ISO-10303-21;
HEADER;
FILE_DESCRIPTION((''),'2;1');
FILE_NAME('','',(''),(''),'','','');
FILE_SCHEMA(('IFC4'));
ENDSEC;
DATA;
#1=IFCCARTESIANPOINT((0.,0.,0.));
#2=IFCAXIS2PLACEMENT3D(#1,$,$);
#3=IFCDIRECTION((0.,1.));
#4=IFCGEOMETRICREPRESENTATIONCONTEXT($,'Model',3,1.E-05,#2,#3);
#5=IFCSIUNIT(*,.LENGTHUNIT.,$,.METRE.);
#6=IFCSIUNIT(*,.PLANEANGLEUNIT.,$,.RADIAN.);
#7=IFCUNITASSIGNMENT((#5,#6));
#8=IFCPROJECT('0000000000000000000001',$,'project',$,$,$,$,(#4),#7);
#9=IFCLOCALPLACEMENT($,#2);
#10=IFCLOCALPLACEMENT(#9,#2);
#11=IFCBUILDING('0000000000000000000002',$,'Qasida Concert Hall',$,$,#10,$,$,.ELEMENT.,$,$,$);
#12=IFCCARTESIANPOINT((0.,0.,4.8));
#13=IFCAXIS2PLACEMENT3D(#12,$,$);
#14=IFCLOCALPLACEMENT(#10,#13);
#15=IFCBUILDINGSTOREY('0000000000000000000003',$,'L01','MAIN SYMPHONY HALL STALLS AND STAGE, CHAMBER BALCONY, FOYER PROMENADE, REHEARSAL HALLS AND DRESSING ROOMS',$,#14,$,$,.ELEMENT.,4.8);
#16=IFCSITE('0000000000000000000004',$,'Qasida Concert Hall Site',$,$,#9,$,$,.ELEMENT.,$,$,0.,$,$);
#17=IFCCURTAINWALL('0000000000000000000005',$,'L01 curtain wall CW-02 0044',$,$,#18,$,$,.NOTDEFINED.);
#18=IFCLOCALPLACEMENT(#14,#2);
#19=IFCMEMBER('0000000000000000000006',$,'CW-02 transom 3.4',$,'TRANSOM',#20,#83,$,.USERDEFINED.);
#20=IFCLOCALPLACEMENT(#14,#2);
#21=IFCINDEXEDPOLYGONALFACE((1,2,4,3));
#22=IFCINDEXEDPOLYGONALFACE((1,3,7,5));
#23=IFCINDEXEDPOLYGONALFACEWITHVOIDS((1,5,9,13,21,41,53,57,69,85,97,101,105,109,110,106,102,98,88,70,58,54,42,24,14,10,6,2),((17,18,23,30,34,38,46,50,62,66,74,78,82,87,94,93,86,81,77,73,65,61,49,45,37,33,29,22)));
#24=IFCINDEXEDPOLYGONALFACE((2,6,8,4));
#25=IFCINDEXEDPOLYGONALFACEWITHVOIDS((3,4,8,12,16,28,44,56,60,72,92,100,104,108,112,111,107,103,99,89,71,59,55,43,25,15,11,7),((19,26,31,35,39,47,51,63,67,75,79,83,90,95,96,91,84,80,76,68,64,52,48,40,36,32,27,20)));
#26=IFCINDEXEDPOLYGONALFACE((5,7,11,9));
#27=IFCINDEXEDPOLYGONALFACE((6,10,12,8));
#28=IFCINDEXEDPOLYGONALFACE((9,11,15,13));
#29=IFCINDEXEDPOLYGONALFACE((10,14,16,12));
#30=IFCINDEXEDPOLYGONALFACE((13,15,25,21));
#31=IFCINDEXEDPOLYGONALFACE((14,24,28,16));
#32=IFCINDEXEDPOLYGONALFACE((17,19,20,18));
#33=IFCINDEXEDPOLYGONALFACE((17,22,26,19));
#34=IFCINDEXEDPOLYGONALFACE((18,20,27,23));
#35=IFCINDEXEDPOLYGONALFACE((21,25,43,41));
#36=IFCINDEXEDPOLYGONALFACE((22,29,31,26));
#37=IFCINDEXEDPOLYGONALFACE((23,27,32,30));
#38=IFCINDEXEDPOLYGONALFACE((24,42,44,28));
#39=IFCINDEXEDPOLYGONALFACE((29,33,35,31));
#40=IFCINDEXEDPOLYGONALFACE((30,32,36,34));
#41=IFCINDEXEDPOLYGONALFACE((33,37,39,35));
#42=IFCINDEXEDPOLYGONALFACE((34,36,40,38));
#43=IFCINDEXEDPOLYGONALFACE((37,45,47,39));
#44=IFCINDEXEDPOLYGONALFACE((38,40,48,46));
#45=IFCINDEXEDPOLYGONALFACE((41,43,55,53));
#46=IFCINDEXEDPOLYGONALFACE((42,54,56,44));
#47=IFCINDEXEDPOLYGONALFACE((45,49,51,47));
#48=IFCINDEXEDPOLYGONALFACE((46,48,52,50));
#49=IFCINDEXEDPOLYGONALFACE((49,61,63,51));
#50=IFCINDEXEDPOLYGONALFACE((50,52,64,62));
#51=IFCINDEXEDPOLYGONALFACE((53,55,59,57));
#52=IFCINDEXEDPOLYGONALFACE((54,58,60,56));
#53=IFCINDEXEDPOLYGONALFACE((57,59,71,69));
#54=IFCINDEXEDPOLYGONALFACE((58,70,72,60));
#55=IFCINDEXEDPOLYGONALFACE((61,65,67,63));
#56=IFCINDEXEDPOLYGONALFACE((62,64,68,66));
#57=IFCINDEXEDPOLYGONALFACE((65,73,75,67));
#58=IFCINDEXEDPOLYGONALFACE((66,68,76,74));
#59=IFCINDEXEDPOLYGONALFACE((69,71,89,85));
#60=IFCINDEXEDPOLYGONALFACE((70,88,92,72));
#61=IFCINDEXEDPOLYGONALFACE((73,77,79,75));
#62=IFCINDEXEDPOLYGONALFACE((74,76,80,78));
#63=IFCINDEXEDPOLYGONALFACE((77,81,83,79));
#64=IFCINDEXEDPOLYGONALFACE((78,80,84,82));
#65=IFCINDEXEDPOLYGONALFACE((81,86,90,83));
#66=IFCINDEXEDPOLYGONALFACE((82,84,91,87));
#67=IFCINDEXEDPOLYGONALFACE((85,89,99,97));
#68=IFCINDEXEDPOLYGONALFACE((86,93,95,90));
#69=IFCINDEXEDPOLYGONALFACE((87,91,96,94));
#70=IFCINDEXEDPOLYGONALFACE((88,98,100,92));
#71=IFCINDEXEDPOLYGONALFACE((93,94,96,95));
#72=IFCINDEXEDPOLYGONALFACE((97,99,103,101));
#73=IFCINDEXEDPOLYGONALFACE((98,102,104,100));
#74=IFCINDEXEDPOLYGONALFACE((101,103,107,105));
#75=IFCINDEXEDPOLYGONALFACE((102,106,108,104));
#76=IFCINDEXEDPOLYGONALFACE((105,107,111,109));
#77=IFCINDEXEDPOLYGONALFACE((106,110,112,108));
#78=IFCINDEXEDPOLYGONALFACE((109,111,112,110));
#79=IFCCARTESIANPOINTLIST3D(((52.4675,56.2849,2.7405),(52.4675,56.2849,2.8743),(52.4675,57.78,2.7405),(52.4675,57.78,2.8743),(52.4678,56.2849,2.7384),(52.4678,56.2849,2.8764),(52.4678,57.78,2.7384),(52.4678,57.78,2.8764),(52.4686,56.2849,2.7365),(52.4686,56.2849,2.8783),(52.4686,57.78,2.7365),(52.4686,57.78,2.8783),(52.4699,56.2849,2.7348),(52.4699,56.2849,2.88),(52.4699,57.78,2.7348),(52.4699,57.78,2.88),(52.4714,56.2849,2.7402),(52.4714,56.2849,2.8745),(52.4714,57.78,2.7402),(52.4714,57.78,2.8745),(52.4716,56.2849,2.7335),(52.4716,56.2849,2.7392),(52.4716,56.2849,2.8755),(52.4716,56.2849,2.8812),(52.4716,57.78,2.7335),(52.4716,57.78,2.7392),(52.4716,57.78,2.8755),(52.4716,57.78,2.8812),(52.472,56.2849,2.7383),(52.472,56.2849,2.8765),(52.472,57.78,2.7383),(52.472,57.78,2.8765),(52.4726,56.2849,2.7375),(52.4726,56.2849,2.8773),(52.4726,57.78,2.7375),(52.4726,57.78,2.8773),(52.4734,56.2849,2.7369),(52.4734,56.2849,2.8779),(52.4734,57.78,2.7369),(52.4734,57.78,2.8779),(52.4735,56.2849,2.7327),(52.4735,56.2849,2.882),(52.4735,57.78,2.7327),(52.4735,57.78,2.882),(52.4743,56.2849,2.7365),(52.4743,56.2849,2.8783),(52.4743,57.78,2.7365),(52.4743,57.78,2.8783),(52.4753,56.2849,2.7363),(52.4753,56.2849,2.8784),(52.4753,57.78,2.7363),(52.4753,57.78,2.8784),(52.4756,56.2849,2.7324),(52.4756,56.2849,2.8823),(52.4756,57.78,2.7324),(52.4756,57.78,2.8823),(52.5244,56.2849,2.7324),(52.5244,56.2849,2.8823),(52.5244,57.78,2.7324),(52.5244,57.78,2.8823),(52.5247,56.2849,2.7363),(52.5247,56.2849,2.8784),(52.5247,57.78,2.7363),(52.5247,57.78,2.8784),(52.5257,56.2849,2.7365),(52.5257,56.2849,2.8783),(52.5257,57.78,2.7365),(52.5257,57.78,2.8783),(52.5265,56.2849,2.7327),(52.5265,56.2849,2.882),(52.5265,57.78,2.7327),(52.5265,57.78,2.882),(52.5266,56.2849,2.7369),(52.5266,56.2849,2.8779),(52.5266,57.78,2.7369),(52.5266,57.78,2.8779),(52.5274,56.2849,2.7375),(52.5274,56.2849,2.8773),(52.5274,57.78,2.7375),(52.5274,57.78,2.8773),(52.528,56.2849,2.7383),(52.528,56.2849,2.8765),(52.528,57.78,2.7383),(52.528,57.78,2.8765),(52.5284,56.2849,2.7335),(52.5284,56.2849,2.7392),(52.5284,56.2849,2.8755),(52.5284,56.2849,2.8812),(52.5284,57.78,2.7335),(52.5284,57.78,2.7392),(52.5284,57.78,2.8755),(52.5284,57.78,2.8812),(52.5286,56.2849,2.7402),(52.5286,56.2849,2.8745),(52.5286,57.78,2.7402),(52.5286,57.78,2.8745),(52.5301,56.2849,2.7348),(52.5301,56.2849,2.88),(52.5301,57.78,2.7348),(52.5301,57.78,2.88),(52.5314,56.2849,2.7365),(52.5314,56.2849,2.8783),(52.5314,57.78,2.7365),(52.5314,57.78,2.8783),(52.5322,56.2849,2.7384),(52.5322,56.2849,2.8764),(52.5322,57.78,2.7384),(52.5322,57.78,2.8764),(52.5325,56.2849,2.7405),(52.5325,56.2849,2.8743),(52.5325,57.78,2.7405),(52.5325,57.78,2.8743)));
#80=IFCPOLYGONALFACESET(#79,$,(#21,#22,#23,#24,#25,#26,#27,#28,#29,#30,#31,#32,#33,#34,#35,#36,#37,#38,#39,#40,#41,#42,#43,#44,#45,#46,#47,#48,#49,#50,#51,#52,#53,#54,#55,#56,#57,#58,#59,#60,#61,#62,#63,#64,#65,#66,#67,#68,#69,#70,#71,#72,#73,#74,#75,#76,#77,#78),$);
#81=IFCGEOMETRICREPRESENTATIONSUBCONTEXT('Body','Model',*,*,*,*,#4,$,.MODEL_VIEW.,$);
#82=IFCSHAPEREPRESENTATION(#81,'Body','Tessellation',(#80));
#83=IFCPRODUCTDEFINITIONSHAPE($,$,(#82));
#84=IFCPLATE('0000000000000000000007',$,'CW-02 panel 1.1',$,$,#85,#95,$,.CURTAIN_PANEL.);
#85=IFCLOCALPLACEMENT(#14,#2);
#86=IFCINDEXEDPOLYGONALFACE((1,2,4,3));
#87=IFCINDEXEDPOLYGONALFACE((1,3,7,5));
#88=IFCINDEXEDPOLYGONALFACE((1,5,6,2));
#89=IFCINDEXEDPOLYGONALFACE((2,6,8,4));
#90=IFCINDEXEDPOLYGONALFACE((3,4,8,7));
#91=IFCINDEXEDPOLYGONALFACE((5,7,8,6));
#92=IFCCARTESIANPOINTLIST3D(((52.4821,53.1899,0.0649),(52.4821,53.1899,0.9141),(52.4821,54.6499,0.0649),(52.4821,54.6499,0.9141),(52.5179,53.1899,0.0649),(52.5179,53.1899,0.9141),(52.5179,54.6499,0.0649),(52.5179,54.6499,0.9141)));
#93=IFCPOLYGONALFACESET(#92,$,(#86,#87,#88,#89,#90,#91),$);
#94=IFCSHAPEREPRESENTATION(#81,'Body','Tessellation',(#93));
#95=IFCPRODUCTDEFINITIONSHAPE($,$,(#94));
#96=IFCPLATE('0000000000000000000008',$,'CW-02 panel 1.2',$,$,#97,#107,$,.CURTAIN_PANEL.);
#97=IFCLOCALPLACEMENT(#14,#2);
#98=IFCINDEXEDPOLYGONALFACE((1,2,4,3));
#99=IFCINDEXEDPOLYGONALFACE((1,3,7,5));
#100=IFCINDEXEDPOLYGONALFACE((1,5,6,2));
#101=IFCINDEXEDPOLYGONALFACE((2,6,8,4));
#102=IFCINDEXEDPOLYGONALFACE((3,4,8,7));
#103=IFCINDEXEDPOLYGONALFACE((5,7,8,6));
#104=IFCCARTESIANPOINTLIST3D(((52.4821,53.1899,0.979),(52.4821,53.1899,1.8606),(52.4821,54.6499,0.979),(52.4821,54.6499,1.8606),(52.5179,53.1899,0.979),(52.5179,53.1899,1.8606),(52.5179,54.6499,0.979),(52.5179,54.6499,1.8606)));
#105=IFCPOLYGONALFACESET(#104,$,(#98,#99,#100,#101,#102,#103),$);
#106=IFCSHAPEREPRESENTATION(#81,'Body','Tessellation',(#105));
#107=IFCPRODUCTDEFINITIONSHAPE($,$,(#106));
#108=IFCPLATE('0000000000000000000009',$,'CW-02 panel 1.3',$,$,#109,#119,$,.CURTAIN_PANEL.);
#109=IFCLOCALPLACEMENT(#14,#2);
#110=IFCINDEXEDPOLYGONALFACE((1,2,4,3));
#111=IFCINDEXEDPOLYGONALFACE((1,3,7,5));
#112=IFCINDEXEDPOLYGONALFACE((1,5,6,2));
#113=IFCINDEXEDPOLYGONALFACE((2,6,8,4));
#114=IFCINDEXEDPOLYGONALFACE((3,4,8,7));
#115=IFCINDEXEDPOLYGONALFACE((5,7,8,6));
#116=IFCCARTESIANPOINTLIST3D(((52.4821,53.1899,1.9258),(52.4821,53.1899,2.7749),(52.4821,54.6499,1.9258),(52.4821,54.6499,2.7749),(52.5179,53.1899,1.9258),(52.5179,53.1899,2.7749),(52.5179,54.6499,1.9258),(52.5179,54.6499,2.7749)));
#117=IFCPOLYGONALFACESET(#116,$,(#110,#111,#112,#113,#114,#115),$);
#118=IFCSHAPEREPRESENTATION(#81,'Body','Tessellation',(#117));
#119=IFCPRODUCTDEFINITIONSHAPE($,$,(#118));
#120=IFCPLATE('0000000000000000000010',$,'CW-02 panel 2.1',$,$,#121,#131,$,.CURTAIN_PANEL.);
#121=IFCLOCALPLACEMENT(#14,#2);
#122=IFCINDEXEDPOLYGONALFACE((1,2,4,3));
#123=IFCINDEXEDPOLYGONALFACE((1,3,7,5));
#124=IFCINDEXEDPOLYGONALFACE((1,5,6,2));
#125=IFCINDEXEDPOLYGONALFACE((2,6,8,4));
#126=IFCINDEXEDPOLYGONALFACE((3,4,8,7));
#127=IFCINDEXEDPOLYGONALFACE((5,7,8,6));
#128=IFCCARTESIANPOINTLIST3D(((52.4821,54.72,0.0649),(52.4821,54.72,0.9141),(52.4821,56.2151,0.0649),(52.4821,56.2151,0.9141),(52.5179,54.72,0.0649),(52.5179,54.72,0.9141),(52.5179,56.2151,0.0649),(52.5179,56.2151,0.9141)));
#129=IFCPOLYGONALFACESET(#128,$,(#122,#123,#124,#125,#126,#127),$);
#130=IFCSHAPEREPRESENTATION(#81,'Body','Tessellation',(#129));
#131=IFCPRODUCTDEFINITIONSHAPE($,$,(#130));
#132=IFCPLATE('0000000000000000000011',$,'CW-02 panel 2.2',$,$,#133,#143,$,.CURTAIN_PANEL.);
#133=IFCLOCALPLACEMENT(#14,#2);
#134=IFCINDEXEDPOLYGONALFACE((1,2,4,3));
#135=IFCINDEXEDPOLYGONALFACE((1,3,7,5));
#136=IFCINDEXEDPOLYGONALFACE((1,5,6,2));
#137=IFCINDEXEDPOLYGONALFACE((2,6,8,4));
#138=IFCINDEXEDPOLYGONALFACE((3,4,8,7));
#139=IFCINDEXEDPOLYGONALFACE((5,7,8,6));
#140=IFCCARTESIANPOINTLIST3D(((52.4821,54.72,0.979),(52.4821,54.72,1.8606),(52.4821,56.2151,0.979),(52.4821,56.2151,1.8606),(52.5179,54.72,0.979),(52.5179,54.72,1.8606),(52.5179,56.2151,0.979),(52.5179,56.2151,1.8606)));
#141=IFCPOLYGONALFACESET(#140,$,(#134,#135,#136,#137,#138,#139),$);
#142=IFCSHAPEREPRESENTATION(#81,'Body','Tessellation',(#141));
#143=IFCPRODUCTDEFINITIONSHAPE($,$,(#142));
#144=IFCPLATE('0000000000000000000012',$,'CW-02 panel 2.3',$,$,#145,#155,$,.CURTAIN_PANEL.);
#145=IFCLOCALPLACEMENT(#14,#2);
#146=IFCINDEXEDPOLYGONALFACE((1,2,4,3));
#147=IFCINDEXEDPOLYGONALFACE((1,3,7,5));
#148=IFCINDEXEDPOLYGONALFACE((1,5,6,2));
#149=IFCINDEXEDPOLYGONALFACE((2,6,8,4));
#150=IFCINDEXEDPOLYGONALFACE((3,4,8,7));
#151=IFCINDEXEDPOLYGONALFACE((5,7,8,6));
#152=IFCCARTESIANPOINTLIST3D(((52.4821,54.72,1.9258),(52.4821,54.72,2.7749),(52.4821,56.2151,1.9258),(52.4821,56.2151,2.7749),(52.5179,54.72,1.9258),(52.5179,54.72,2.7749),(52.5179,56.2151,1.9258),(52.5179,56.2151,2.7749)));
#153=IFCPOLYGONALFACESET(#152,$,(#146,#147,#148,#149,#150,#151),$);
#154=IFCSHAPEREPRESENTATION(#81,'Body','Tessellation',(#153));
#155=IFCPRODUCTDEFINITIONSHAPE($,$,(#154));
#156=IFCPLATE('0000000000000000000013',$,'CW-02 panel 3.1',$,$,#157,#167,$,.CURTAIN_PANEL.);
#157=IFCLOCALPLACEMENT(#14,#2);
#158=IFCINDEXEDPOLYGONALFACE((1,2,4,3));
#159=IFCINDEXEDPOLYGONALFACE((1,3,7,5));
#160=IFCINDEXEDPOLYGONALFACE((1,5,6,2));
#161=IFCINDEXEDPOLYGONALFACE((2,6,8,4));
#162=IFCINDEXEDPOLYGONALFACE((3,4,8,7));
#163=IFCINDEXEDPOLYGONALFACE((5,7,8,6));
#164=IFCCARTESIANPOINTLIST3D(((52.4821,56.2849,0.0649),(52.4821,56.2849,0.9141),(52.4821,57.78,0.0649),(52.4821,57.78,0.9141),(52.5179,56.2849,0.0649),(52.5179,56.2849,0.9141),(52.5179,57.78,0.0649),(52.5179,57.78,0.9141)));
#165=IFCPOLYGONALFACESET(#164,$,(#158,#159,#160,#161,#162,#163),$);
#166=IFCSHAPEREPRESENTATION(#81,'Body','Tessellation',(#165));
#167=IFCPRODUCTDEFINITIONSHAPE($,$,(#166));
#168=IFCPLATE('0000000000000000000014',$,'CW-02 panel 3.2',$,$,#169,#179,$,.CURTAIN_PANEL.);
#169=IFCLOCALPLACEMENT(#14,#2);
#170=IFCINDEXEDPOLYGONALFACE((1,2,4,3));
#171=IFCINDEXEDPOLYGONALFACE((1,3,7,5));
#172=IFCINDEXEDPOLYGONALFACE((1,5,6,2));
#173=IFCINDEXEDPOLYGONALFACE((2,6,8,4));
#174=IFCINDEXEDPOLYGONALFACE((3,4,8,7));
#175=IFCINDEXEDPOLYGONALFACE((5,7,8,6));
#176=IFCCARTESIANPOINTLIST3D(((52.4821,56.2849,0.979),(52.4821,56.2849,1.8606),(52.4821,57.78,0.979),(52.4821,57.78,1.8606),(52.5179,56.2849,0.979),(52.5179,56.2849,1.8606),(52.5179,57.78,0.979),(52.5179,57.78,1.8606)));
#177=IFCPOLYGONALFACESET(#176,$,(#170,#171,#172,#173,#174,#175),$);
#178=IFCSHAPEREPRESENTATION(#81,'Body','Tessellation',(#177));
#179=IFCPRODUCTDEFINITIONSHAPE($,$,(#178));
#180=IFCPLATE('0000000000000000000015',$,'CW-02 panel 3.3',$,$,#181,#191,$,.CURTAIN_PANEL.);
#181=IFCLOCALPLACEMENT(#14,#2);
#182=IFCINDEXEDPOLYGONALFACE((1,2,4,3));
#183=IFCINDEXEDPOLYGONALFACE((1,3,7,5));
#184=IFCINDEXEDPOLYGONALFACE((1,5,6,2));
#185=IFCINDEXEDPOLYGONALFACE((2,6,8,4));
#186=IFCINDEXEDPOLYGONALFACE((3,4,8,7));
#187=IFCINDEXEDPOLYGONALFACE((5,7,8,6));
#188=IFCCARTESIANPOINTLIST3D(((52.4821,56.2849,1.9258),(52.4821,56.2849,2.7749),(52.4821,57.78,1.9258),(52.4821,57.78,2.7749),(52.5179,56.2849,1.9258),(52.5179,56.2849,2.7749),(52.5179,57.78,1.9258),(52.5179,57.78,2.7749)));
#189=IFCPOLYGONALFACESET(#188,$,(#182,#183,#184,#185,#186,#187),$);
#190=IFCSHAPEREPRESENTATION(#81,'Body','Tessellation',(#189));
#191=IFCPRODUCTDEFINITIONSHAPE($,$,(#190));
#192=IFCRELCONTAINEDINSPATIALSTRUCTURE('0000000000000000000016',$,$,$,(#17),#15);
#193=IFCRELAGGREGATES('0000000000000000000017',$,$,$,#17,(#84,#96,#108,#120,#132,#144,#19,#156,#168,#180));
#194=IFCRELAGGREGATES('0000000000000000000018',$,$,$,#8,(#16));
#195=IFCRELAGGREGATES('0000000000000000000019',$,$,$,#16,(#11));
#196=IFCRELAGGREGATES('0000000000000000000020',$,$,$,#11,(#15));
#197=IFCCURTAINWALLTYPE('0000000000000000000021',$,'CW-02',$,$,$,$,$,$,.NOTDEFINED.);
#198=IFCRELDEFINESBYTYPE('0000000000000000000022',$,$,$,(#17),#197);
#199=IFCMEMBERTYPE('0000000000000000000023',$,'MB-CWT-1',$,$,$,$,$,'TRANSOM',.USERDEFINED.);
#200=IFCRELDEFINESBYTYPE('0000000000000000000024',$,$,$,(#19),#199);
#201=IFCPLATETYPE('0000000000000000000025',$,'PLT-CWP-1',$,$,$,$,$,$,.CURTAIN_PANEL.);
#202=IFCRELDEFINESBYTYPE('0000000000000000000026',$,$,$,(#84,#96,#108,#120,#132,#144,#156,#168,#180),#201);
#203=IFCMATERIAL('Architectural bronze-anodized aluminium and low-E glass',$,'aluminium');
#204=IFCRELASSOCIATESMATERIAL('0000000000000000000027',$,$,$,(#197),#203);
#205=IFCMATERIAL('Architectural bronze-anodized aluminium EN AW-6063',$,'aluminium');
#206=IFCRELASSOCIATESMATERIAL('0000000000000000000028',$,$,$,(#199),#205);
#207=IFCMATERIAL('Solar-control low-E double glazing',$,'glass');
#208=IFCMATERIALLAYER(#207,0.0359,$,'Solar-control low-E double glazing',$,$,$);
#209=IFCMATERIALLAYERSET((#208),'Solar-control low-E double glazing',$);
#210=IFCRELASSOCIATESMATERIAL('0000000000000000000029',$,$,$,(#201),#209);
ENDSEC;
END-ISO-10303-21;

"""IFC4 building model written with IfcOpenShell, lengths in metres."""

from ifc_helpers import new_model, si_unit, direction, frame, origin, origin_2d, place, context, subcontext, project, spatial, rectangle, hollow_rectangle, extrude, material, layer, layer_set, material_profile, profile_set, type_object, element, aggregate, save


model = new_model("IFC4")

# Units and contexts
model_context = context("Model", 3, precision=1e-05, world=origin(), true_north=direction((0.0, 1.0)))
body_context = subcontext(model_context, "Body", "Model", "MODEL_VIEW")
ifc_project = project(units=[si_unit("LENGTHUNIT", "METRE"), si_unit("PLANEANGLEUNIT", "RADIAN")], contexts=[model_context])

# Site, building, storey
site_placement = place(None, origin())
site = spatial("IfcSite", under=ifc_project, at=site_placement, Name="Qasida Concert Hall Site", CompositionType="ELEMENT", RefElevation=0.0)
building_placement = place(site_placement, origin())
building = spatial("IfcBuilding", under=site, at=building_placement, Name="Qasida Concert Hall", CompositionType="ELEMENT")
storey_placement = place(building_placement, frame((0.0, 0.0, 4.8)))
storey = spatial("IfcBuildingStorey", under=building, at=storey_placement, Name="L01", Description="MAIN SYMPHONY HALL STALLS AND STAGE, CHAMBER BALCONY, FOYER PROMENADE, REHEARSAL HALLS AND DRESSING ROOMS", CompositionType="ELEMENT", Elevation=4.8)

# Curtain wall, member, plates
ifc_material_1 = material(Name="Architectural bronze-anodized aluminium and low-E glass", Category="aluminium")
curtain_wall_type = type_object("IfcCurtainWallType", Name="CW-02", PredefinedType="NOTDEFINED", material=ifc_material_1)
curtain_wall_placement = place(storey_placement, origin())
curtain_wall = element("IfcCurtainWall", 1, at=curtain_wall_placement, inside=storey, type_object=curtain_wall_type, Name="L01 curtain wall CW-02 0044", PredefinedType="NOTDEFINED")
ifc_material_2 = material(Name="Architectural bronze-anodized aluminium EN AW-6063", Category="aluminium")
ifc_material_profile_1 = material_profile(ifc_material_2, hollow_rectangle(XDim=0.0649, YDim=0.1499, WallThickness=0.0039, InnerFilletRadius=0.0039, OuterFilletRadius=0.0081, at=origin_2d()), Name="CWT 150x65x4")
ifc_profile_set_1 = profile_set([ifc_material_profile_1], Name="Architectural bronze-anodized aluminium EN AW-6063")
member_type_1 = type_object("IfcMemberType", Name="MB-CWT-1", ElementType="TRANSOM", PredefinedType="USERDEFINED", material=ifc_profile_set_1)
member_1_placement = place(storey_placement, frame((52.5, 56.2849, 2.8074), z_axis=(0.0, 1.0, 0.0), x_axis=(-1.0, 0.0, 0.0)))
member_1 = element("IfcMember", 2, at=member_1_placement, type_object=member_type_1, Name="CW-02 transom 3.4", ObjectType="TRANSOM", PredefinedType="USERDEFINED", context=body_context, shape_type="SweptSolid", body=[
    extrude(hollow_rectangle(XDim=0.0649, YDim=0.1499, WallThickness=0.0039, InnerFilletRadius=0.0039, OuterFilletRadius=0.0081, at=origin_2d()), origin(), (0.0, 0.0, 1.0), 1.4951),
])
ifc_material_3 = material(Name="Solar-control low-E double glazing", Category="glass")
ifc_layer_1 = layer(ifc_material_3, 0.0359, Name="Solar-control low-E double glazing")
ifc_layer_set_1 = layer_set([ifc_layer_1], Name="Solar-control low-E double glazing")
plate_type = type_object("IfcPlateType", Name="PLT-CWP-1", PredefinedType="CURTAIN_PANEL", material=ifc_layer_set_1)
plate_1_placement = place(storey_placement, frame((52.5, 53.9199, 0.0649), z_axis=(0.0, 0.0, 1.0), x_axis=(0.0, 1.0, 0.0)))
plate_1 = element("IfcPlate", 3, at=plate_1_placement, type_object=plate_type, Name="CW-02 panel 1.1", PredefinedType="CURTAIN_PANEL", context=body_context, shape_type="SweptSolid", body=[
    extrude(rectangle(XDim=1.46, YDim=0.0359, at=origin_2d()), origin(), (0.0, 0.0, 1.0), 0.8491),
])
plate_2_placement = place(storey_placement, frame((52.5, 53.9199, 0.979), z_axis=(0.0, 0.0, 1.0), x_axis=(0.0, 1.0, 0.0)))
plate_2 = element("IfcPlate", 4, at=plate_2_placement, type_object=plate_type, Name="CW-02 panel 1.2", PredefinedType="CURTAIN_PANEL", context=body_context, shape_type="SweptSolid", body=[
    extrude(rectangle(XDim=1.46, YDim=0.0359, at=origin_2d()), origin(), (0.0, 0.0, 1.0), 0.8816),
])
plate_3_placement = place(storey_placement, frame((52.5, 53.9199, 1.9258), z_axis=(0.0, 0.0, 1.0), x_axis=(0.0, 1.0, 0.0)))
plate_3 = element("IfcPlate", 5, at=plate_3_placement, type_object=plate_type, Name="CW-02 panel 1.3", PredefinedType="CURTAIN_PANEL", context=body_context, shape_type="SweptSolid", body=[
    extrude(rectangle(XDim=1.46, YDim=0.0359, at=origin_2d()), origin(), (0.0, 0.0, 1.0), 0.8491),
])
plate_4_placement = place(storey_placement, frame((52.5, 55.4675, 0.0649), z_axis=(0.0, 0.0, 1.0), x_axis=(0.0, 1.0, 0.0)))
plate_4 = element("IfcPlate", 6, at=plate_4_placement, type_object=plate_type, Name="CW-02 panel 2.1", PredefinedType="CURTAIN_PANEL", context=body_context, shape_type="SweptSolid", body=[
    extrude(rectangle(XDim=1.4951, YDim=0.0359, at=origin_2d()), origin(), (0.0, 0.0, 1.0), 0.8491),
])
plate_5_placement = place(storey_placement, frame((52.5, 55.4675, 0.979), z_axis=(0.0, 0.0, 1.0), x_axis=(0.0, 1.0, 0.0)))
plate_5 = element("IfcPlate", 7, at=plate_5_placement, type_object=plate_type, Name="CW-02 panel 2.2", PredefinedType="CURTAIN_PANEL", context=body_context, shape_type="SweptSolid", body=[
    extrude(rectangle(XDim=1.4951, YDim=0.0359, at=origin_2d()), origin(), (0.0, 0.0, 1.0), 0.8816),
])
plate_6_placement = place(storey_placement, frame((52.5, 55.4675, 1.9258), z_axis=(0.0, 0.0, 1.0), x_axis=(0.0, 1.0, 0.0)))
plate_6 = element("IfcPlate", 8, at=plate_6_placement, type_object=plate_type, Name="CW-02 panel 2.3", PredefinedType="CURTAIN_PANEL", context=body_context, shape_type="SweptSolid", body=[
    extrude(rectangle(XDim=1.4951, YDim=0.0359, at=origin_2d()), origin(), (0.0, 0.0, 1.0), 0.8491),
])
plate_7_placement = place(storey_placement, frame((52.5, 57.0325, 0.0649), z_axis=(0.0, 0.0, 1.0), x_axis=(0.0, 1.0, 0.0)))
plate_7 = element("IfcPlate", 9, at=plate_7_placement, type_object=plate_type, Name="CW-02 panel 3.1", PredefinedType="CURTAIN_PANEL", context=body_context, shape_type="SweptSolid", body=[
    extrude(rectangle(XDim=1.4951, YDim=0.0359, at=origin_2d()), origin(), (0.0, 0.0, 1.0), 0.8491),
])
plate_8_placement = place(storey_placement, frame((52.5, 57.0325, 0.979), z_axis=(0.0, 0.0, 1.0), x_axis=(0.0, 1.0, 0.0)))
plate_8 = element("IfcPlate", 10, at=plate_8_placement, type_object=plate_type, Name="CW-02 panel 3.2", PredefinedType="CURTAIN_PANEL", context=body_context, shape_type="SweptSolid", body=[
    extrude(rectangle(XDim=1.4951, YDim=0.0359, at=origin_2d()), origin(), (0.0, 0.0, 1.0), 0.8816),
])
plate_9_placement = place(storey_placement, frame((52.5, 57.0325, 1.9258), z_axis=(0.0, 0.0, 1.0), x_axis=(0.0, 1.0, 0.0)))
plate_9 = element("IfcPlate", 11, at=plate_9_placement, type_object=plate_type, Name="CW-02 panel 3.3", PredefinedType="CURTAIN_PANEL", context=body_context, shape_type="SweptSolid", body=[
    extrude(rectangle(XDim=1.4951, YDim=0.0359, at=origin_2d()), origin(), (0.0, 0.0, 1.0), 0.8491),
])
aggregate(curtain_wall, [plate_1, plate_2, plate_3, plate_4, plate_5, plate_6, member_1, plate_7, plate_8, plate_9])

save(model, "model.ifc")
